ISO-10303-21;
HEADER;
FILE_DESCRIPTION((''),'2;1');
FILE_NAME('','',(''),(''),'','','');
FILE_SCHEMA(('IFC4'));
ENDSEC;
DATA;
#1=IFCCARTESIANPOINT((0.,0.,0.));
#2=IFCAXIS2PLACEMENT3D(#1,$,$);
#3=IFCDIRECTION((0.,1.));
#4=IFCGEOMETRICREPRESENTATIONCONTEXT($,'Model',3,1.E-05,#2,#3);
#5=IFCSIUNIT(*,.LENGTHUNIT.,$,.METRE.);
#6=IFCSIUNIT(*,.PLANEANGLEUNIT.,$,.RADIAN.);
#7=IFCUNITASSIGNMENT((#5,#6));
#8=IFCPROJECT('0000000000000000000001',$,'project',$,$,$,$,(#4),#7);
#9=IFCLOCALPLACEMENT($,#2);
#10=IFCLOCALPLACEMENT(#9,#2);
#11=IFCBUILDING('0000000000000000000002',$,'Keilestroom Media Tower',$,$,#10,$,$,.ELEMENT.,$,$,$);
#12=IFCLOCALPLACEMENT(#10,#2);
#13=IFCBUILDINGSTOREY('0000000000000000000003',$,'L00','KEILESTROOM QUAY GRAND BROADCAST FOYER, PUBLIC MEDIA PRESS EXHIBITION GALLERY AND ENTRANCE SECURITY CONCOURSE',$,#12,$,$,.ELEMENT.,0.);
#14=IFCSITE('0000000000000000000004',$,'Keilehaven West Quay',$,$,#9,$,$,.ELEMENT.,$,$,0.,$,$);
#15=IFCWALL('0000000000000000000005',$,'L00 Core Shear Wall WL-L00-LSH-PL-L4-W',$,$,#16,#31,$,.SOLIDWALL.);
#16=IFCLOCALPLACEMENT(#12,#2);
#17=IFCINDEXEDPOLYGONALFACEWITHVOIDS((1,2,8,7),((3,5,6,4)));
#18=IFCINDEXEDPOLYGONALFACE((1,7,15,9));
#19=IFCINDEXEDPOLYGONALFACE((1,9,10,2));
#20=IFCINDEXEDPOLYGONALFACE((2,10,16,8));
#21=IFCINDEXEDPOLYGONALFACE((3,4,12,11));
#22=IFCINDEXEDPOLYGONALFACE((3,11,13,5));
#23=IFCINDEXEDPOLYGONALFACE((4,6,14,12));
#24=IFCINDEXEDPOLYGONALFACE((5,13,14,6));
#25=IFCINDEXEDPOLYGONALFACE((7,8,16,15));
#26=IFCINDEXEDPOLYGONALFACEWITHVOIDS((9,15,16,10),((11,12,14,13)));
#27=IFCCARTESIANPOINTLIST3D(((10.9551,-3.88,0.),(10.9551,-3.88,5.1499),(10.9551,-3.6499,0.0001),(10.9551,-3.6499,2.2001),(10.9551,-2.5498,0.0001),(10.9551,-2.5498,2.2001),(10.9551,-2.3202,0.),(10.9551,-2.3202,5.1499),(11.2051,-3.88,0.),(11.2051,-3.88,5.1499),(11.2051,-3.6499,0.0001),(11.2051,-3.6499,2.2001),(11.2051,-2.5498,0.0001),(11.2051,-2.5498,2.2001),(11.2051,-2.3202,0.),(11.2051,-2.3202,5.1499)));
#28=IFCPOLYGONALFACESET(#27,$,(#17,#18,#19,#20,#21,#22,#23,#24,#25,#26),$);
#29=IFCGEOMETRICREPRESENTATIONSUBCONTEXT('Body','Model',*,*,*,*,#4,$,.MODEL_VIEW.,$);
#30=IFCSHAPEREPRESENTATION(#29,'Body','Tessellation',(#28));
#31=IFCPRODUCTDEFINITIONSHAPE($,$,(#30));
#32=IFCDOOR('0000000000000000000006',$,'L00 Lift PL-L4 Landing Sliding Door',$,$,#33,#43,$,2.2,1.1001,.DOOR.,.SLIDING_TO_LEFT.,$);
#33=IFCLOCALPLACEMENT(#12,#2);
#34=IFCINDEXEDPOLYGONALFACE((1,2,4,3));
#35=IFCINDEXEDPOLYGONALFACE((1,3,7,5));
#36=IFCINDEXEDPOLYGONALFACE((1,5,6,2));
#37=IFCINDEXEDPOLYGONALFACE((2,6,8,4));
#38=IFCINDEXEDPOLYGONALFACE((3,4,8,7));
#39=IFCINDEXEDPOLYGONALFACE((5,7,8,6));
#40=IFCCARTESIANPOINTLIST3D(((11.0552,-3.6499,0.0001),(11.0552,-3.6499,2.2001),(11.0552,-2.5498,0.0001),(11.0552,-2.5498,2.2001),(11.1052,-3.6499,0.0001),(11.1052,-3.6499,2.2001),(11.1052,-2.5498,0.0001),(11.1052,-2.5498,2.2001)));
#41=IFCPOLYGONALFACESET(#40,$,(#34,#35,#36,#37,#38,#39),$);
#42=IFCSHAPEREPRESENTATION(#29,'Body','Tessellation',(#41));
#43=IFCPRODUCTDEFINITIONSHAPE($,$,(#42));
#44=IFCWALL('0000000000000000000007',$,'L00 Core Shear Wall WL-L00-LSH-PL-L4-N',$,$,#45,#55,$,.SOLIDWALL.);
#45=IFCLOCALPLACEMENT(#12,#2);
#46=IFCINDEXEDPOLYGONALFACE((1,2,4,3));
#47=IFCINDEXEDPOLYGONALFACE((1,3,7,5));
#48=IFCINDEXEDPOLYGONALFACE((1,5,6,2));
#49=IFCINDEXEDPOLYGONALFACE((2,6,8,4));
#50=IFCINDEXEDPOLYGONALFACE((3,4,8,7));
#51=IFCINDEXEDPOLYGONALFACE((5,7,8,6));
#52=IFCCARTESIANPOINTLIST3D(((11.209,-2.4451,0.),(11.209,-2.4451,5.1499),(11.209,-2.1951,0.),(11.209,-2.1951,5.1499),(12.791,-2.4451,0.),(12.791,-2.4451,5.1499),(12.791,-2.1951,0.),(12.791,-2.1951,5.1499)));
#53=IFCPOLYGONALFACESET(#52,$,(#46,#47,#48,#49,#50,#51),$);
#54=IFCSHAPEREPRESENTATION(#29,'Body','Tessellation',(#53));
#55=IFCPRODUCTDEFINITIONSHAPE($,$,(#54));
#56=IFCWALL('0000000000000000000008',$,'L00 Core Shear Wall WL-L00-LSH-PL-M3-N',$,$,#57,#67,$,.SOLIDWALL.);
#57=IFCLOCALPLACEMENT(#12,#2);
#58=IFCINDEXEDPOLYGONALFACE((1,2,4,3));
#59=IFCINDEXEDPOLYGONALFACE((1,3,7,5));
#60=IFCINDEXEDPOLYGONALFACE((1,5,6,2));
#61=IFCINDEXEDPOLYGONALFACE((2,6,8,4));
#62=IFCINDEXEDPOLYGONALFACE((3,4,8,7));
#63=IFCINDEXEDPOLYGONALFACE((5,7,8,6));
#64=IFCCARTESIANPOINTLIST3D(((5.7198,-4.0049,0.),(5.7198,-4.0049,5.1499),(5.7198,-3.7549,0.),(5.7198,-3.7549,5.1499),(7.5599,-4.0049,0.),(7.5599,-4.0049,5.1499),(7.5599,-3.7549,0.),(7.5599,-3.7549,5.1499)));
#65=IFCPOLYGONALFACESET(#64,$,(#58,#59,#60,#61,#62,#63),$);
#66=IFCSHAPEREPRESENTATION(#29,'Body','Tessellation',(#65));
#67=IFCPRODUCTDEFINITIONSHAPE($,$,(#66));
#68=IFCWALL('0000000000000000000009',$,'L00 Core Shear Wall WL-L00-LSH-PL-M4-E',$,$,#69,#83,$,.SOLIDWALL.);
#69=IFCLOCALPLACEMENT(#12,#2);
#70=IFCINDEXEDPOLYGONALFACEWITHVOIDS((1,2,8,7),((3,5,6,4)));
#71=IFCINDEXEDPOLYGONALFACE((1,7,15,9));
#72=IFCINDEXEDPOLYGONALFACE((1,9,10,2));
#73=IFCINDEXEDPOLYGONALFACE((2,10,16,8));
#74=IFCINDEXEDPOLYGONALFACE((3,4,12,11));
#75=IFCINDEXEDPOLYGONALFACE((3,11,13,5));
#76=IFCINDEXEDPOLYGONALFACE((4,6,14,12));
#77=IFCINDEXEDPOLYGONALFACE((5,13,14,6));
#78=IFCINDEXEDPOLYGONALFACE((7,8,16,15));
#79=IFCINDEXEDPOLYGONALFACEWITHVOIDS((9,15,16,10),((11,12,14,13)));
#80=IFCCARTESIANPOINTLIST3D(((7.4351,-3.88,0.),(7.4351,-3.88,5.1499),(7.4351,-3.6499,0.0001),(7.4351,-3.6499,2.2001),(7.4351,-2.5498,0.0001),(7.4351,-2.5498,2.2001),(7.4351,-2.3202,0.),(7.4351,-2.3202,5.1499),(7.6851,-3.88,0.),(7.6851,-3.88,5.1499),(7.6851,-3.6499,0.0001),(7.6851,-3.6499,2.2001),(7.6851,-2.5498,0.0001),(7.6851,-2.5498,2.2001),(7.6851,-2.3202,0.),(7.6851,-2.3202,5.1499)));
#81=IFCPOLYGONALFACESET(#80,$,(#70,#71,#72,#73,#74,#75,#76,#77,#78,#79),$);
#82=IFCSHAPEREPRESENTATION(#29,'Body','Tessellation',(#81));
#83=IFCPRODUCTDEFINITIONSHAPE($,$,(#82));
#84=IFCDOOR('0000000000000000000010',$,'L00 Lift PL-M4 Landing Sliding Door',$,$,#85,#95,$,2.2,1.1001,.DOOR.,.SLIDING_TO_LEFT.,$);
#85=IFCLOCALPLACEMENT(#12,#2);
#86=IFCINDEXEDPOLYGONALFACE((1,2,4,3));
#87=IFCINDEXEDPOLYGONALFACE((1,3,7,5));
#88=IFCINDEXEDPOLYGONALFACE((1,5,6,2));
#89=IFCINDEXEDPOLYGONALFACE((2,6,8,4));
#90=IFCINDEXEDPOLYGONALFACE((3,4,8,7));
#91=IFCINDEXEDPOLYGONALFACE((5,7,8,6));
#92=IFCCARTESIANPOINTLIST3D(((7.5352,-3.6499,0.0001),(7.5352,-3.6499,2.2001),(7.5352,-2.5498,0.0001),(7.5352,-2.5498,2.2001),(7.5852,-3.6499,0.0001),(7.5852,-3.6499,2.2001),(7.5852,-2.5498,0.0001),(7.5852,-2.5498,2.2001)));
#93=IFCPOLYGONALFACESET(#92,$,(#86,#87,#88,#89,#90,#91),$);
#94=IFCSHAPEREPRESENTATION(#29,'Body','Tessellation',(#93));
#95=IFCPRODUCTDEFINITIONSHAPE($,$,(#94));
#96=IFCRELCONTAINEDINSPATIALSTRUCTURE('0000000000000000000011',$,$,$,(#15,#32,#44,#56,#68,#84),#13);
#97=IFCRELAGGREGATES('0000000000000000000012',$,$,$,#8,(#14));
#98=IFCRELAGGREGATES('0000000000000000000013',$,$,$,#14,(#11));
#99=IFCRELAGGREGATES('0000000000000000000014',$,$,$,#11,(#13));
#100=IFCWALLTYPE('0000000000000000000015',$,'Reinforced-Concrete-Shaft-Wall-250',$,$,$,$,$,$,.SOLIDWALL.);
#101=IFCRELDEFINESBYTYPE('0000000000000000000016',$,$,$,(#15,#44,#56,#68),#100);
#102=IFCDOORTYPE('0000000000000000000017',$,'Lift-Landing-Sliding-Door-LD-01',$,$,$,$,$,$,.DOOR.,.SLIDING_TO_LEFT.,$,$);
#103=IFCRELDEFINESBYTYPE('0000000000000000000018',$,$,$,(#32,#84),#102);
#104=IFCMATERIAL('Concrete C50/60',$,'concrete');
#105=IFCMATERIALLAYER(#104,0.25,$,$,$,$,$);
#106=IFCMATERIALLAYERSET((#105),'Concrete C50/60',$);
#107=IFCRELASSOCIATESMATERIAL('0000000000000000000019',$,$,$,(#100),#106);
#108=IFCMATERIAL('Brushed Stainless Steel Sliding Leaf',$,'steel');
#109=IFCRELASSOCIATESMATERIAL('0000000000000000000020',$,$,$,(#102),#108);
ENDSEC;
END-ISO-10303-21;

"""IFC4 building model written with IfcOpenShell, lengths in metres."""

from ifc_helpers import new_model, si_unit, direction, frame, frame_2d, origin, place, context, subcontext, project, spatial, rectangle, extrude, source, transform, mapped, material, layer, layer_set, type_object, element, fill, save


model = new_model("IFC4")

# Units and contexts
model_context = context("Model", 3, precision=1e-05, world=origin(), true_north=direction((0.0, 1.0)))
body_context = subcontext(model_context, "Body", "Model", "MODEL_VIEW")
ifc_project = project(units=[si_unit("LENGTHUNIT", "METRE"), si_unit("PLANEANGLEUNIT", "RADIAN")], contexts=[model_context])

# Site, building, storey
site_placement = place(None, origin())
site = spatial("IfcSite", under=ifc_project, at=site_placement, Name="Keilehaven West Quay", CompositionType="ELEMENT", RefElevation=0.0)
building_placement = place(site_placement, origin())
building = spatial("IfcBuilding", under=site, at=building_placement, Name="Keilestroom Media Tower", CompositionType="ELEMENT")
storey_placement = place(building_placement, origin())
storey = spatial("IfcBuildingStorey", under=building, at=storey_placement, Name="L00", Description="KEILESTROOM QUAY GRAND BROADCAST FOYER, PUBLIC MEDIA PRESS EXHIBITION GALLERY AND ENTRANCE SECURITY CONCOURSE", CompositionType="ELEMENT", Elevation=0.0)

# Shared definitions
ifc_material_1 = material(Name="Concrete C50/60", Category="concrete")
ifc_layer = layer(ifc_material_1, 0.25)
ifc_layer_set = layer_set([ifc_layer], Name="Concrete C50/60")
wall_type = type_object("IfcWallType", Name="Reinforced-Concrete-Shaft-Wall-250", PredefinedType="SOLIDWALL", material=ifc_layer_set)

# Shared definitions
ifc_material_2 = material(Name="Brushed Stainless Steel Sliding Leaf", Category="steel")

# Shared definitions
door_type_1 = type_object("IfcDoorType", Name="Lift-Landing-Sliding-Door-LD-01", OperationType="SLIDING_TO_LEFT", PredefinedType="DOOR", material=ifc_material_2)
shared_shape_1 = source(origin(), body_context, "Body", "SweptSolid", [
    extrude(rectangle(XDim=1.1001, YDim=2.2, at=frame_2d((0.55, 1.1001))), frame((0.0, 0.0249, 0.0), z_axis=(0.0, -1.0, 0.0), x_axis=(1.0, 0.0, 0.0)), (0.0, 0.0, 1.0), 0.05),
])

# Wall, opening, door
wall_1_placement = place(storey_placement, frame((11.0801, -3.8799, 0.0), z_axis=(0.0, 0.0, 1.0), x_axis=(0.0, 1.0, 0.0)))
wall_1 = element("IfcWall", 1, at=wall_1_placement, inside=storey, type_object=wall_type, Name="L00 Core Shear Wall WL-L00-LSH-PL-L4-W", PredefinedType="SOLIDWALL", context=body_context, shape_type="SweptSolid", body=[
    extrude(rectangle(XDim=1.5598, YDim=0.25, at=frame_2d((0.7798, 0.0))), origin(), (0.0, 0.0, 1.0), 5.1499),
])
opening_1_placement = place(wall_1_placement, frame((0.23, 0.0, 0.0)))
opening_1 = element("IfcOpeningElement", 2, at=opening_1_placement, cuts=wall_1, PredefinedType="OPENING", context=body_context, shape_type="SweptSolid", body=[
    extrude(rectangle(XDim=1.1001, YDim=2.2, at=frame_2d((0.55, 1.1001))), frame((0.0, 0.135, 0.0), z_axis=(0.0, -1.0, 0.0), x_axis=(1.0, 0.0, 0.0)), (0.0, 0.0, 1.0), 0.27),
])
door_1_placement = place(opening_1_placement, origin())
door_1 = element("IfcDoor", 3, at=door_1_placement, inside=storey, type_object=door_type_1, Name="L00 Lift PL-L4 Landing Sliding Door", OperationType="SLIDING_TO_LEFT", OverallHeight=2.2, OverallWidth=1.1001, PredefinedType="DOOR", context=body_context, shape_type="MappedRepresentation", body=[
    mapped(shared_shape_1, transform((0.0, 0.0, 0.0), x_axis=(1.0, 0.0, 0.0), y_axis=(0.0, 1.0, 0.0), z_axis=(0.0, 0.0, 1.0), scale=1.0)),
])
fill(opening_1, door_1)

# Walls
wall_2_placement = place(storey_placement, frame((11.209, -2.3201, 0.0), z_axis=(0.0, 0.0, 1.0), x_axis=(1.0, 0.0, 0.0)))
element("IfcWall", 4, at=wall_2_placement, inside=storey, type_object=wall_type, Name="L00 Core Shear Wall WL-L00-LSH-PL-L4-N", PredefinedType="SOLIDWALL", context=body_context, shape_type="SweptSolid", body=[
    extrude(rectangle(XDim=1.582, YDim=0.25, at=frame_2d((0.791, 0.0))), origin(), (0.0, 0.0, 1.0), 5.1499),
])
wall_3_placement = place(storey_placement, frame((5.72, -3.8799, 0.0), z_axis=(0.0, 0.0, 1.0), x_axis=(1.0, 0.0, 0.0)))
element("IfcWall", 5, at=wall_3_placement, inside=storey, type_object=wall_type, Name="L00 Core Shear Wall WL-L00-LSH-PL-M3-N", PredefinedType="SOLIDWALL", context=body_context, shape_type="SweptSolid", body=[
    extrude(rectangle(XDim=1.8401, YDim=0.25, at=frame_2d((0.9199, 0.0))), origin(), (0.0, 0.0, 1.0), 5.1499),
])

# Wall, opening, door
wall_4_placement = place(storey_placement, frame((7.5601, -3.8799, 0.0), z_axis=(0.0, 0.0, 1.0), x_axis=(0.0, 1.0, 0.0)))
wall_4 = element("IfcWall", 6, at=wall_4_placement, inside=storey, type_object=wall_type, Name="L00 Core Shear Wall WL-L00-LSH-PL-M4-E", PredefinedType="SOLIDWALL", context=body_context, shape_type="SweptSolid", body=[
    extrude(rectangle(XDim=1.5598, YDim=0.25, at=frame_2d((0.7798, 0.0))), origin(), (0.0, 0.0, 1.0), 5.1499),
])
opening_2_placement = place(wall_4_placement, frame((0.23, 0.0, 0.0)))
opening_2 = element("IfcOpeningElement", 7, at=opening_2_placement, cuts=wall_4, PredefinedType="OPENING", context=body_context, shape_type="SweptSolid", body=[
    extrude(rectangle(XDim=1.1001, YDim=2.2, at=frame_2d((0.55, 1.1001))), frame((0.0, 0.135, 0.0), z_axis=(0.0, -1.0, 0.0), x_axis=(1.0, 0.0, 0.0)), (0.0, 0.0, 1.0), 0.27),
])
door_2_placement = place(opening_2_placement, origin())
door_2 = element("IfcDoor", 8, at=door_2_placement, inside=storey, type_object=door_type_1, Name="L00 Lift PL-M4 Landing Sliding Door", OperationType="SLIDING_TO_LEFT", OverallHeight=2.2, OverallWidth=1.1001, PredefinedType="DOOR", context=body_context, shape_type="MappedRepresentation", body=[
    mapped(shared_shape_1, transform((0.0, 0.0, 0.0), x_axis=(1.0, 0.0, 0.0), y_axis=(0.0, 1.0, 0.0), z_axis=(0.0, 0.0, 1.0), scale=1.0)),
])
fill(opening_2, door_2)

save(model, "model.ifc")
